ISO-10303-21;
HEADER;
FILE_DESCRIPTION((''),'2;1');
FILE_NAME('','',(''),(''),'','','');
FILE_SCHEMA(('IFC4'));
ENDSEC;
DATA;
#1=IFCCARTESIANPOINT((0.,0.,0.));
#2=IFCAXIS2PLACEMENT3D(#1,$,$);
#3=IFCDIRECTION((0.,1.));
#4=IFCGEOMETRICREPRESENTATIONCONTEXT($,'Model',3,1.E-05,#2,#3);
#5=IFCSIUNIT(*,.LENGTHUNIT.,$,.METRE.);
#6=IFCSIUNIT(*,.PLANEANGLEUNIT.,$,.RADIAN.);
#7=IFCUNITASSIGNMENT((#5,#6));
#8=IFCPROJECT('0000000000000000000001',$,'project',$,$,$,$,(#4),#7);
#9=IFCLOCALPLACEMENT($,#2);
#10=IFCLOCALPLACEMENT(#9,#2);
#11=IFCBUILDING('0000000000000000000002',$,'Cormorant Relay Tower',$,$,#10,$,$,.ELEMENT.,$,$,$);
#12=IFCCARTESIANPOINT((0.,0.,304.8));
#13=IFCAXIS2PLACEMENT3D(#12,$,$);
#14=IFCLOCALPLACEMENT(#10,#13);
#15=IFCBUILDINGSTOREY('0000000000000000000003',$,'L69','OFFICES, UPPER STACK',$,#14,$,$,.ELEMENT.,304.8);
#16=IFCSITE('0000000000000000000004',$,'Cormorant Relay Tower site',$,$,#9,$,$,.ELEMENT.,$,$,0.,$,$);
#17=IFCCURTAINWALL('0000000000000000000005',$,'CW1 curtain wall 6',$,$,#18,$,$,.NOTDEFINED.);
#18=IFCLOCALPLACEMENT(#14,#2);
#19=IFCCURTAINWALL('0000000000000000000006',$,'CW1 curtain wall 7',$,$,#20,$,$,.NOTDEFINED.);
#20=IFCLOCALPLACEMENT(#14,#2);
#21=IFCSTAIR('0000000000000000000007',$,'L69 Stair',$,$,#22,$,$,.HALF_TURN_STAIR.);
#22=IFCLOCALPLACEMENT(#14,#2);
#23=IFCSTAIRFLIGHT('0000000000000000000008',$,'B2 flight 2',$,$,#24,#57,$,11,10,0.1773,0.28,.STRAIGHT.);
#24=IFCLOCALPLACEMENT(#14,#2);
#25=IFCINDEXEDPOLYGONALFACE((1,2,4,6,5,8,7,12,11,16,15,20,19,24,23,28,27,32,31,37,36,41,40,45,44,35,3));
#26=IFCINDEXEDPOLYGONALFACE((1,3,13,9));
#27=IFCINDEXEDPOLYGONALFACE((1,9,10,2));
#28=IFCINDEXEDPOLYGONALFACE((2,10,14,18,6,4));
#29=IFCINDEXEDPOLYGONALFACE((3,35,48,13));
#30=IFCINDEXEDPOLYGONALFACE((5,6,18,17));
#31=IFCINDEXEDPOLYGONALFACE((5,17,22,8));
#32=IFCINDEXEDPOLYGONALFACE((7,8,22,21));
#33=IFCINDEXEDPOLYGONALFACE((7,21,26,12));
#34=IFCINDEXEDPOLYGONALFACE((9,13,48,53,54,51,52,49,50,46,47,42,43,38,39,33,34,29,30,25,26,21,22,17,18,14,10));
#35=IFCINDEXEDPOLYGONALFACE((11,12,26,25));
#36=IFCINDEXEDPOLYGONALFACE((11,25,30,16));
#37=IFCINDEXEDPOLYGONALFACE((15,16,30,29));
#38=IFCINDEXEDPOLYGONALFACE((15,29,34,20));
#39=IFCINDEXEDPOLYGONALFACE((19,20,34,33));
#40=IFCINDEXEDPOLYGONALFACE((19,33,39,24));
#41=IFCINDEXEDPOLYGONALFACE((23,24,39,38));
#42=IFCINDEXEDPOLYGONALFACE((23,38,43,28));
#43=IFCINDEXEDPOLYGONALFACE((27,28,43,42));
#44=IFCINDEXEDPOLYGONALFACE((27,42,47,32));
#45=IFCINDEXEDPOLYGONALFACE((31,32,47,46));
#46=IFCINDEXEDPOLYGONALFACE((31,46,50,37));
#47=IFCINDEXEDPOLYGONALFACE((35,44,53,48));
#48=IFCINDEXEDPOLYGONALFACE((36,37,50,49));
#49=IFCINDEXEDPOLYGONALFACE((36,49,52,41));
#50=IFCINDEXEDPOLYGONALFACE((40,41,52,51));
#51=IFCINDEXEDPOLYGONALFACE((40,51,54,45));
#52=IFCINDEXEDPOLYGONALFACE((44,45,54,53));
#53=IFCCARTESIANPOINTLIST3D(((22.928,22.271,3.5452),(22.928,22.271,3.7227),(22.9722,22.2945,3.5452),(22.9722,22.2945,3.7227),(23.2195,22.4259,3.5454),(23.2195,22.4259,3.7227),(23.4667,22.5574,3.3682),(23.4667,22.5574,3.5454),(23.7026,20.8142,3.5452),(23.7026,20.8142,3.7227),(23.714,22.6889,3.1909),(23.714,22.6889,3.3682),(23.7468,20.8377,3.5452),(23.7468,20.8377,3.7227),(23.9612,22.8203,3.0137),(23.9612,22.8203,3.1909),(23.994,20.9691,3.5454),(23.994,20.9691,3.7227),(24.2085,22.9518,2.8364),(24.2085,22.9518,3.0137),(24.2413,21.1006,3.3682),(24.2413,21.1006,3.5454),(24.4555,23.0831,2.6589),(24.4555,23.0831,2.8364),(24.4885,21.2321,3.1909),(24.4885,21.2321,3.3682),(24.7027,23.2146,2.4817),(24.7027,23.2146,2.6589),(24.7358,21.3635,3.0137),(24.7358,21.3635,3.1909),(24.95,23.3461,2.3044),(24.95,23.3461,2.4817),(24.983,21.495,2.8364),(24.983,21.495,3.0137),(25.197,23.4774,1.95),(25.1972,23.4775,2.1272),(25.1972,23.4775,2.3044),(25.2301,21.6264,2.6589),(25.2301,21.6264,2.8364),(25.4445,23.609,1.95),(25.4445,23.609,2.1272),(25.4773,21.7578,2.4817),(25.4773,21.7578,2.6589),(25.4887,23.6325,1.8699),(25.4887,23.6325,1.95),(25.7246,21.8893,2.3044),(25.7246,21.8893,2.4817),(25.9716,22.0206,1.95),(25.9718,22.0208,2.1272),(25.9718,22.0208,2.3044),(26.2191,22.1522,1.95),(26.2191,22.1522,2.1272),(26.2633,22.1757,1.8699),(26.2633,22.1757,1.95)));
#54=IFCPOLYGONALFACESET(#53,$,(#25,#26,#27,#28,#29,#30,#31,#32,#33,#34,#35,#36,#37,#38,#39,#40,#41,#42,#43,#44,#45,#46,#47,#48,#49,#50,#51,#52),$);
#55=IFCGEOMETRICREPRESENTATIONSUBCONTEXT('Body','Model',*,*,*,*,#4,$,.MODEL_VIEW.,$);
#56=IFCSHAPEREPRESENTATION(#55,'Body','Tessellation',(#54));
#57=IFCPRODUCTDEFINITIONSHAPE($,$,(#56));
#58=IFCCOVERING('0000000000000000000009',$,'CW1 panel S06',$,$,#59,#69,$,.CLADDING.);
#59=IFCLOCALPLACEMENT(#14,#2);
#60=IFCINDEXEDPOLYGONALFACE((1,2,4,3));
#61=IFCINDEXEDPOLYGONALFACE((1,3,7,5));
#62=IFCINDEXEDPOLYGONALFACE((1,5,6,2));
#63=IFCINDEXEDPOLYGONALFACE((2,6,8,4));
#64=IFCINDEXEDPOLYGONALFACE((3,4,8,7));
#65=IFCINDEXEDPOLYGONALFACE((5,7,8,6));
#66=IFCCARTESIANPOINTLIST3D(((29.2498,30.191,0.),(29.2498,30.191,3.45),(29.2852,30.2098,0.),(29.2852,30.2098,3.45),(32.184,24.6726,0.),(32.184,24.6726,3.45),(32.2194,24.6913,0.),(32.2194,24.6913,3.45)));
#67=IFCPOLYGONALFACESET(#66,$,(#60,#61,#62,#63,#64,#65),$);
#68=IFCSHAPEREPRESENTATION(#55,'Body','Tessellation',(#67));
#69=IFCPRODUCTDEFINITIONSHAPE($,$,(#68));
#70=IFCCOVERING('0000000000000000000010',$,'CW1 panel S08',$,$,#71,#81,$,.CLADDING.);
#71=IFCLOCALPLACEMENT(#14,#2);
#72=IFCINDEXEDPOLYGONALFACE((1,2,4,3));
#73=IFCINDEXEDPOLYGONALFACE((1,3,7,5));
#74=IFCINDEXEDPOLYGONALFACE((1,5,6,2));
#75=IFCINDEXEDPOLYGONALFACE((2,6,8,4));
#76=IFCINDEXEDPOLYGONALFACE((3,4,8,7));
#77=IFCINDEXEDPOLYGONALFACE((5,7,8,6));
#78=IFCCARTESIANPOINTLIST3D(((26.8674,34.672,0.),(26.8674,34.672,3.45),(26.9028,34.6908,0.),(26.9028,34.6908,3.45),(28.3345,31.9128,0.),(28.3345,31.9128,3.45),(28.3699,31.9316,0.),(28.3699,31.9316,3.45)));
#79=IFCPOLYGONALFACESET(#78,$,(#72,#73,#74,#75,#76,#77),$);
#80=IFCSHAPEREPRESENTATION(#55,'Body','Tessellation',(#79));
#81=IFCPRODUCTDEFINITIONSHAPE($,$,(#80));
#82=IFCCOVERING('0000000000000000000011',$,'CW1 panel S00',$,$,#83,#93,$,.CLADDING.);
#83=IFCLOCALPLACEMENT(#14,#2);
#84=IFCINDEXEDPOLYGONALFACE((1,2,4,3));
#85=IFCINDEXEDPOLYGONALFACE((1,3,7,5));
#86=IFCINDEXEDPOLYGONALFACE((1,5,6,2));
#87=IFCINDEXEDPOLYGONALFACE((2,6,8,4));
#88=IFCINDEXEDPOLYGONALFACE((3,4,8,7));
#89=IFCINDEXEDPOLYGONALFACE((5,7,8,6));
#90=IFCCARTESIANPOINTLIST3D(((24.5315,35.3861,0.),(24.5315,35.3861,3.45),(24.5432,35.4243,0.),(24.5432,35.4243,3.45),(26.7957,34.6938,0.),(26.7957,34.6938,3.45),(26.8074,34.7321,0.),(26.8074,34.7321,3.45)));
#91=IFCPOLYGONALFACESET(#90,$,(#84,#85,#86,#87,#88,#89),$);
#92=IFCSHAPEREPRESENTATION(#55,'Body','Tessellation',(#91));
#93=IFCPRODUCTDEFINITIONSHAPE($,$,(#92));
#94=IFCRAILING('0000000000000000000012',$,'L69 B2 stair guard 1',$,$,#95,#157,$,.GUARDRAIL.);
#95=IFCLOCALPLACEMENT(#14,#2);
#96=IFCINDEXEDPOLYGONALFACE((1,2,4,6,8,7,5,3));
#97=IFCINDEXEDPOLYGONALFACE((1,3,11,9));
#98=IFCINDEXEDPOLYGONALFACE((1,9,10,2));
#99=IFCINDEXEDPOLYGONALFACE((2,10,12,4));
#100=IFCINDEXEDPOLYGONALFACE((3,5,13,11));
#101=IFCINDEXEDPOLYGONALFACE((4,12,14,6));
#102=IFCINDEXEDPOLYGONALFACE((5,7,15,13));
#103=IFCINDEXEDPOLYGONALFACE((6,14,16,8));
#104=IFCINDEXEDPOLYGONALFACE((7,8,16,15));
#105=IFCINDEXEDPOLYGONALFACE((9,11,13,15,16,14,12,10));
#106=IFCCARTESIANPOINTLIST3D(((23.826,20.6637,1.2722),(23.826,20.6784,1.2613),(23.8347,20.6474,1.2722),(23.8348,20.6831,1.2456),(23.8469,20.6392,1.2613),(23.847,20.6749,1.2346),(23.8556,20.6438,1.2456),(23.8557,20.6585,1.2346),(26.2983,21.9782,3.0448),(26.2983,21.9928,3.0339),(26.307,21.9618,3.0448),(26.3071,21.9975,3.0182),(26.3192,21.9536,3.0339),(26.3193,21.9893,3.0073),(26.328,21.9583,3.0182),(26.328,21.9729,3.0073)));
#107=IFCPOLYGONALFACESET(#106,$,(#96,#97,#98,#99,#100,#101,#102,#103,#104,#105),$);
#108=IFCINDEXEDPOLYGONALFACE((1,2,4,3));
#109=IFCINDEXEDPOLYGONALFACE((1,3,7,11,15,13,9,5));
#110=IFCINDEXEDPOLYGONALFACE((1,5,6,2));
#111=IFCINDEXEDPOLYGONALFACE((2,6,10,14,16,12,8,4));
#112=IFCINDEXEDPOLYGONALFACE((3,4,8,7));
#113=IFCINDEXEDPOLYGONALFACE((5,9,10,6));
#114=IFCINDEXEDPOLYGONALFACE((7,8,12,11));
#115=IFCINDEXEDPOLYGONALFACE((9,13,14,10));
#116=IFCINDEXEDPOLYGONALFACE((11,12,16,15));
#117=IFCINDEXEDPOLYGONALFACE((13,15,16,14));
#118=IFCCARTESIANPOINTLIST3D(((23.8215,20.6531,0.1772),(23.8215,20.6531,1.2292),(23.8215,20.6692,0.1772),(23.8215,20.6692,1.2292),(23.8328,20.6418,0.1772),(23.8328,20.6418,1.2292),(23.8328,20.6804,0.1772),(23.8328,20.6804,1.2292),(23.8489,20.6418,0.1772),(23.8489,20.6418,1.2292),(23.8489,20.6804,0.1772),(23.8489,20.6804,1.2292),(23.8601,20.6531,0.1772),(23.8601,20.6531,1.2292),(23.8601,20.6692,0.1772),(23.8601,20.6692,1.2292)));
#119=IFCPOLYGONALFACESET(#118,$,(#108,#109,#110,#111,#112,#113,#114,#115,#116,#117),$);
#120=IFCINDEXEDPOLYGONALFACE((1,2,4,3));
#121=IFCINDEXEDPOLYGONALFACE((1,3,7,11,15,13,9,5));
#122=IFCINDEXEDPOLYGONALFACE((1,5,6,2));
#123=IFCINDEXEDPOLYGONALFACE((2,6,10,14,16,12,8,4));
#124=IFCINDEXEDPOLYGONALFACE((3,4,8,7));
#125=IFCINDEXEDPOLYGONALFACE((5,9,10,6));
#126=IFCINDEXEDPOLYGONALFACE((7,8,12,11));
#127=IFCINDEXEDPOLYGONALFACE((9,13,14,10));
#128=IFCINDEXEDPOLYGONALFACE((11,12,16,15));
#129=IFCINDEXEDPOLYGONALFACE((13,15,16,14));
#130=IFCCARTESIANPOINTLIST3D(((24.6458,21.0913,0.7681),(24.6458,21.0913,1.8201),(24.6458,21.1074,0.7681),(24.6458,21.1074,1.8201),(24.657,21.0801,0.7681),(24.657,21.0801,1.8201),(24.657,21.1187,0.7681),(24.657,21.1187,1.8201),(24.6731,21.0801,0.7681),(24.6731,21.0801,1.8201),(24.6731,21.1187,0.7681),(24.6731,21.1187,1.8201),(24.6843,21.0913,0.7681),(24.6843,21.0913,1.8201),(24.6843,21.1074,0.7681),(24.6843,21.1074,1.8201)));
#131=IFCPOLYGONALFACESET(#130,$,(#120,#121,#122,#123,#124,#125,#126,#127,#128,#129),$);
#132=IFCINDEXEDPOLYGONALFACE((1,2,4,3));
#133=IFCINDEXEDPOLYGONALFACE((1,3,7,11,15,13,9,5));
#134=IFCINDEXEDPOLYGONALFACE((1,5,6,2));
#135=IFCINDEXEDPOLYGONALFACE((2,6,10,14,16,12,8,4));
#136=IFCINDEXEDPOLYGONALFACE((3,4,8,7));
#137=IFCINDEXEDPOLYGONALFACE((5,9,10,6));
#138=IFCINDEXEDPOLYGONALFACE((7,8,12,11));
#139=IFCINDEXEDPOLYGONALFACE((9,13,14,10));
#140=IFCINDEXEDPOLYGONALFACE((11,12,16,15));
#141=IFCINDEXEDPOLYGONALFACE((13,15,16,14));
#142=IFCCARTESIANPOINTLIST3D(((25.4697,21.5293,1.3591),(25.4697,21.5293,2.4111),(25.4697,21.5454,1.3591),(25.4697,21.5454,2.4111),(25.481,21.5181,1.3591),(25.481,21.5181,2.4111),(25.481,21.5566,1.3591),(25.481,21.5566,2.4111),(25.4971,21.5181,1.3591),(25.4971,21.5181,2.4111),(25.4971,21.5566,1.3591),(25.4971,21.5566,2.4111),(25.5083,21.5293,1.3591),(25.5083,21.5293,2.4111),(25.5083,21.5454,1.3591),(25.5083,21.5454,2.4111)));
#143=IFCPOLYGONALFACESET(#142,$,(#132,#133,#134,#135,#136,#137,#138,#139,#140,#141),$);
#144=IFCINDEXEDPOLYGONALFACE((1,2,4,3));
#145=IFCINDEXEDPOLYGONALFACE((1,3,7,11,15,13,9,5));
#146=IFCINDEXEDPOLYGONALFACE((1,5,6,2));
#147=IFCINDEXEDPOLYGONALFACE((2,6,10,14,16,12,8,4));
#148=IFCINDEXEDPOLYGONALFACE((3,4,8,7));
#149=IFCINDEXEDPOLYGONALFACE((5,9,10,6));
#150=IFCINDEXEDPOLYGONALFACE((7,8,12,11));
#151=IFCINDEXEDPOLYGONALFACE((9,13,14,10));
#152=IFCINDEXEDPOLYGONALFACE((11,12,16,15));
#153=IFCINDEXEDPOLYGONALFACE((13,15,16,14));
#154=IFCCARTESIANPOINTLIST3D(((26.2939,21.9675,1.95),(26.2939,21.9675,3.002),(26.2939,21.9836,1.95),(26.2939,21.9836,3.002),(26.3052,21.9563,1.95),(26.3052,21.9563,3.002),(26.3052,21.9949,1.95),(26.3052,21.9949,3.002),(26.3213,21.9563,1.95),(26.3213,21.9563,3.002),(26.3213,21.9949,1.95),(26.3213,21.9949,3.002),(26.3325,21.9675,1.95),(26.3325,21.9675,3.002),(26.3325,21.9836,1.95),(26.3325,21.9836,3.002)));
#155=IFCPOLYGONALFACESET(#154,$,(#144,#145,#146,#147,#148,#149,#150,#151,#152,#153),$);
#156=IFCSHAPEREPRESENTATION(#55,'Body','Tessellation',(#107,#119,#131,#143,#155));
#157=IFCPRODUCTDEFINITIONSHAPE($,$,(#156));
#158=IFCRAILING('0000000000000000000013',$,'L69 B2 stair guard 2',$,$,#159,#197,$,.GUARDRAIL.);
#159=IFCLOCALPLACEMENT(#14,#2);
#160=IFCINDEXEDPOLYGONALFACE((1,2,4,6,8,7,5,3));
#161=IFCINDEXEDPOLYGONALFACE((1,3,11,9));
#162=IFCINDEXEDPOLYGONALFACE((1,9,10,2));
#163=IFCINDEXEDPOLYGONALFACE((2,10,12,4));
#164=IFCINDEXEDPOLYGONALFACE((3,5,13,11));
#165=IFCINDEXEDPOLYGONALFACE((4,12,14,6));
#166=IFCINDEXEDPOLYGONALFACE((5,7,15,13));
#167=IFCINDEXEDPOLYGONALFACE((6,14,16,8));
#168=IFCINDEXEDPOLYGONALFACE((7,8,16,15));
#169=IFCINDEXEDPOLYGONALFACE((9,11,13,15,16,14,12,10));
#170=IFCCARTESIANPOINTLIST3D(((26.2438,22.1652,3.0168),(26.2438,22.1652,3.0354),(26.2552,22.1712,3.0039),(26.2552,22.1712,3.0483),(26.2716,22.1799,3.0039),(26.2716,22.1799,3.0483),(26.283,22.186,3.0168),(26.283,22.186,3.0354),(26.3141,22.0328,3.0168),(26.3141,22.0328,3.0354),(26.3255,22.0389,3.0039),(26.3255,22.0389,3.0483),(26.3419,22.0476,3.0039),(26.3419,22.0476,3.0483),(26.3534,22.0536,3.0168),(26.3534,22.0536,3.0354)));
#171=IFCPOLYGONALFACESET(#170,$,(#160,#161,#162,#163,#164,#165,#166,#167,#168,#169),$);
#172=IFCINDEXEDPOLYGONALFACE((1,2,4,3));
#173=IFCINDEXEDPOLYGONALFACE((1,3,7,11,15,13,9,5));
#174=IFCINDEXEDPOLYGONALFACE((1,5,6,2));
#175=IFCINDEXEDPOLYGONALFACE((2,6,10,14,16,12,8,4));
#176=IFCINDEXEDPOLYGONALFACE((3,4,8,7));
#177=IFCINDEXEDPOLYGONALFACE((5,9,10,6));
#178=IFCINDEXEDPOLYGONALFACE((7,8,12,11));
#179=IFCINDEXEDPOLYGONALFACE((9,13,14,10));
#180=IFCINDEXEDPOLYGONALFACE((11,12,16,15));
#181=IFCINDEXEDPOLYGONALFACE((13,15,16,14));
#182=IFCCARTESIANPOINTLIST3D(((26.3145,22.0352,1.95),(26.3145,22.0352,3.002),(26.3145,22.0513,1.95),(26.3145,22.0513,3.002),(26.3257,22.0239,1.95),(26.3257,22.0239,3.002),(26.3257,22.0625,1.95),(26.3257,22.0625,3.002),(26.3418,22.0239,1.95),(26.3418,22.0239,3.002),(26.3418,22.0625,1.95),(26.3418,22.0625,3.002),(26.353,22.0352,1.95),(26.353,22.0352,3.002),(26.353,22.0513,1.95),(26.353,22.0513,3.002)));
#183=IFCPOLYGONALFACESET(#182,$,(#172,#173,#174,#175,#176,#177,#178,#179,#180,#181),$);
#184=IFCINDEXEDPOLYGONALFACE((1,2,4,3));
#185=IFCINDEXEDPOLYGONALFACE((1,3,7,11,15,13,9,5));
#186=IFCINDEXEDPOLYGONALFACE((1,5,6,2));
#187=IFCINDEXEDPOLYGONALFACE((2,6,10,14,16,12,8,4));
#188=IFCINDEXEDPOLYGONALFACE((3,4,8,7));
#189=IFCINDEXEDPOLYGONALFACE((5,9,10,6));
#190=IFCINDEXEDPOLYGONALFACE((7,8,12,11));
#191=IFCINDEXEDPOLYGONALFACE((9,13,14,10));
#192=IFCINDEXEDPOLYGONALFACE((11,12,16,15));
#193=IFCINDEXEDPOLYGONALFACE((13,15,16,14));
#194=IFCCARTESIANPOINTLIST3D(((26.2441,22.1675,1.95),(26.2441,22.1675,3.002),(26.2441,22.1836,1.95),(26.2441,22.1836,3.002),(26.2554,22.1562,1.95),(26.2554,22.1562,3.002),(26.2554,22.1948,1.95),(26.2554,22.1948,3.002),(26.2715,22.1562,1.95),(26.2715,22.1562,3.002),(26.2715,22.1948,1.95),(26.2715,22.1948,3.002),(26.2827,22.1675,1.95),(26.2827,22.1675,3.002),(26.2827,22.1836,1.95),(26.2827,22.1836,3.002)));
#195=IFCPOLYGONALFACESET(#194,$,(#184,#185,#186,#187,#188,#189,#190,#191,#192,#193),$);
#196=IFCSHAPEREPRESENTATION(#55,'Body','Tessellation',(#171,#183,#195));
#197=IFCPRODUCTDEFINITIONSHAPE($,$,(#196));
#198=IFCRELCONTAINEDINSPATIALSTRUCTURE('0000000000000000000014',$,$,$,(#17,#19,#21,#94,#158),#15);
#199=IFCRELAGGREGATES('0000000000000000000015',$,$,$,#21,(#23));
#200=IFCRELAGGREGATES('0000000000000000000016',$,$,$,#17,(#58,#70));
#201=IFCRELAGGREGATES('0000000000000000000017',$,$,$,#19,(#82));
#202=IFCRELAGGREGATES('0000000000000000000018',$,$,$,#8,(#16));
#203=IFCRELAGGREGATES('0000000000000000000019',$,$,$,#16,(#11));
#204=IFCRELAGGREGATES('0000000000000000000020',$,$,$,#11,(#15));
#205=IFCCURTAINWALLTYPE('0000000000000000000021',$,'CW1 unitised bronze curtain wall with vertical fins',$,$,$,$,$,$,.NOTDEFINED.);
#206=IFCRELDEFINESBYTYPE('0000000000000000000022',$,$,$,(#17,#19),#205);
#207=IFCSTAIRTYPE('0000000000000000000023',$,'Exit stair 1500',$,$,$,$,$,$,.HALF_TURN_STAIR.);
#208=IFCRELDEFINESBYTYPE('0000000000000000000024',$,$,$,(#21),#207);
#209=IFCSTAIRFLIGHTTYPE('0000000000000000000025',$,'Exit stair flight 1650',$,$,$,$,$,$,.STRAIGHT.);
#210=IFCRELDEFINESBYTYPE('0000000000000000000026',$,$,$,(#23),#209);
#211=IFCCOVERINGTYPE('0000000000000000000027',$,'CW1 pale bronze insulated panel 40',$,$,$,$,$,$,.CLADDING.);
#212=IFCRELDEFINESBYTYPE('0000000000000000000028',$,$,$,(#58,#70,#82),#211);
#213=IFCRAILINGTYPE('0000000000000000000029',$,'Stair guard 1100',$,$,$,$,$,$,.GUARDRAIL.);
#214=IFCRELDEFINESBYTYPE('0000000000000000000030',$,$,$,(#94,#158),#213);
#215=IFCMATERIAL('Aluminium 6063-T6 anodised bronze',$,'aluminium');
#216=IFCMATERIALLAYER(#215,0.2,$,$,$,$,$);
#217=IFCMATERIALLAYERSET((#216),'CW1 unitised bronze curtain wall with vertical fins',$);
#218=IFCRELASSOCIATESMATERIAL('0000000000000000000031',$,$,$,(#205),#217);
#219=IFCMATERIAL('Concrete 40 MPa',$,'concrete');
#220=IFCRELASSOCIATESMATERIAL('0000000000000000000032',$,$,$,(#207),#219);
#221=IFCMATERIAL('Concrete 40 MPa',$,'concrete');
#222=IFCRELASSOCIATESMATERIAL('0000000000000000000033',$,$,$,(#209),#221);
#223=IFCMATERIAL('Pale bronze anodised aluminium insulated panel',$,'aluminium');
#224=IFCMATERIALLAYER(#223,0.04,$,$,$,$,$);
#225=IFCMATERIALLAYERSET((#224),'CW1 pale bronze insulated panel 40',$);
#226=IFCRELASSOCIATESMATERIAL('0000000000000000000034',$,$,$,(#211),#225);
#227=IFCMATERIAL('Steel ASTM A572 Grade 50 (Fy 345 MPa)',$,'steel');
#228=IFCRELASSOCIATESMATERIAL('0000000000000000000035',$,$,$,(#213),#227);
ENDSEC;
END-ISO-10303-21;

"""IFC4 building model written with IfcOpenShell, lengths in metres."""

from ifc_helpers import new_model, si_unit, direction, frame, origin, origin_2d, place, context, subcontext, project, spatial, polyline, rectangle, outline, extrude, material, layer, layer_set, type_object, element, aggregate, save


model = new_model("IFC4")

# Units and contexts
model_context = context("Model", 3, precision=1e-05, world=origin(), true_north=direction((0.0, 1.0)))
body_context = subcontext(model_context, "Body", "Model", "MODEL_VIEW")
ifc_project = project(units=[si_unit("LENGTHUNIT", "METRE"), si_unit("PLANEANGLEUNIT", "RADIAN")], contexts=[model_context])

# Site, building, storey
site_placement = place(None, origin())
site = spatial("IfcSite", under=ifc_project, at=site_placement, Name="Cormorant Relay Tower site", CompositionType="ELEMENT", RefElevation=0.0)
building_placement = place(site_placement, origin())
building = spatial("IfcBuilding", under=site, at=building_placement, Name="Cormorant Relay Tower", CompositionType="ELEMENT")
storey_placement = place(building_placement, frame((0.0, 0.0, 304.8)))
storey = spatial("IfcBuildingStorey", under=building, at=storey_placement, Name="L69", Description="OFFICES, UPPER STACK", CompositionType="ELEMENT", Elevation=304.8)

# Curtain walls
ifc_material_1 = material(Name="Aluminium 6063-T6 anodised bronze", Category="aluminium")
ifc_layer_1 = layer(ifc_material_1, 0.2)
ifc_layer_set_1 = layer_set([ifc_layer_1], Name="CW1 unitised bronze curtain wall with vertical fins")
curtain_wall_type = type_object("IfcCurtainWallType", Name="CW1 unitised bronze curtain wall with vertical fins", PredefinedType="NOTDEFINED", material=ifc_layer_set_1)
curtain_wall_1_placement = place(storey_placement, origin())
curtain_wall_1 = element("IfcCurtainWall", 1, at=curtain_wall_1_placement, inside=storey, type_object=curtain_wall_type, Name="CW1 curtain wall 6", PredefinedType="NOTDEFINED")
curtain_wall_2_placement = place(storey_placement, origin())
curtain_wall_2 = element("IfcCurtainWall", 2, at=curtain_wall_2_placement, inside=storey, type_object=curtain_wall_type, Name="CW1 curtain wall 7", PredefinedType="NOTDEFINED")

# Stair, stair flight
ifc_material_2 = material(Name="Concrete 40 MPa", Category="concrete")
stair_type = type_object("IfcStairType", Name="Exit stair 1500", PredefinedType="HALF_TURN_STAIR", material=ifc_material_2)
stair_placement = place(storey_placement, origin())
stair = element("IfcStair", 3, at=stair_placement, inside=storey, type_object=stair_type, Name="L69 Stair", PredefinedType="HALF_TURN_STAIR")
ifc_material_3 = material(Name="Concrete 40 MPa", Category="concrete")
stair_flight_type = type_object("IfcStairFlightType", Name="Exit stair flight 1650", PredefinedType="STRAIGHT", material=ifc_material_3)
stair_flight_1_placement = place(storey_placement, frame((25.8318, 22.8806, 1.95), z_axis=(0.0, 0.0, 1.0), x_axis=(-0.882948, -0.469472, 0.0)))
stair_flight_1 = element("IfcStairFlight", 4, at=stair_flight_1_placement, type_object=stair_flight_type, Name="B2 flight 2", NumberOfRisers=11, NumberOfTreads=10, PredefinedType="STRAIGHT", RiserHeight=0.1773, TreadLength=0.28, context=body_context, shape_type="SweptSolid", body=[
    extrude(outline(polyline([(-0.05, -0.0801), (-0.05, 0.0), (0.0, 0.0), (0.0, 0.1772), (0.28, 0.1772), (0.28, 0.3545), (0.5601, 0.3545), (0.5601, 0.5317), (0.8401, 0.5317), (0.8401, 0.709), (1.1201, 0.709), (1.1201, 0.8865), (1.3999, 0.8865), (1.3999, 1.0637), (1.6799, 1.0637), (1.6799, 1.241), (1.96, 1.241), (1.96, 1.4182), (2.24, 1.4182), (2.24, 1.5955), (2.52, 1.5955), (2.52, 1.7727), (2.8, 1.7727), (2.8501, 1.7727), (2.8501, 1.5952), (2.8, 1.5952), (0.2803, 0.0), (-0.05, -0.0801)])), frame((0.0, 0.825, 0.0), z_axis=(0.0, -1.0, 0.0), x_axis=(1.0, 0.0, 0.0)), (0.0, 0.0, 1.0), 1.6499),
])
aggregate(stair, [stair_flight_1])

# Coverings
ifc_material_4 = material(Name="Pale bronze anodised aluminium insulated panel", Category="aluminium")
ifc_layer_2 = layer(ifc_material_4, 0.04)
ifc_layer_set_2 = layer_set([ifc_layer_2], Name="CW1 pale bronze insulated panel 40")
covering_type = type_object("IfcCoveringType", Name="CW1 pale bronze insulated panel 40", PredefinedType="CLADDING", material=ifc_layer_set_2)
covering_1_placement = place(storey_placement, frame((30.7346, 27.4412, 0.0), z_axis=(0.0, 0.0, 1.0), x_axis=(-0.469472, 0.882948, 0.0)))
covering_1 = element("IfcCovering", 5, at=covering_1_placement, type_object=covering_type, Name="CW1 panel S06", PredefinedType="CLADDING", context=body_context, shape_type="SweptSolid", body=[
    extrude(rectangle(XDim=6.25, YDim=0.04, at=origin_2d()), origin(), (0.0, 0.0, 1.0), 3.45),
])
covering_2_placement = place(storey_placement, frame((27.6187, 33.3018, 0.0), z_axis=(0.0, 0.0, 1.0), x_axis=(-0.469472, 0.882948, 0.0)))
covering_2 = element("IfcCovering", 6, at=covering_2_placement, type_object=covering_type, Name="CW1 panel S08", PredefinedType="CLADDING", context=body_context, shape_type="SweptSolid", body=[
    extrude(rectangle(XDim=3.125, YDim=0.04, at=origin_2d()), origin(), (0.0, 0.0, 1.0), 3.45),
])
aggregate(curtain_wall_1, [covering_1, covering_2])
covering_3_placement = place(storey_placement, frame((25.6694, 35.0591, 0.0), z_axis=(0.0, 0.0, 1.0), x_axis=(-0.956305, 0.292372, 0.0)))
covering_3 = element("IfcCovering", 7, at=covering_3_placement, type_object=covering_type, Name="CW1 panel S00", PredefinedType="CLADDING", context=body_context, shape_type="SweptSolid", body=[
    extrude(rectangle(XDim=2.3677, YDim=0.04, at=origin_2d()), origin(), (0.0, 0.0, 1.0), 3.45),
])
aggregate(curtain_wall_2, [covering_3])

# Railings
ifc_material_5 = material(Name="Steel ASTM A572 Grade 50 (Fy 345 MPa)", Category="steel")
railing_type_1 = type_object("IfcRailingType", Name="Stair guard 1100", PredefinedType="GUARDRAIL", material=ifc_material_5)
railing_1_placement = place(storey_placement, frame((23.8408, 20.6611, 0.1772)))
element("IfcRailing", 8, at=railing_1_placement, inside=storey, type_object=railing_type_1, Name="L69 B2 stair guard 1", PredefinedType="GUARDRAIL", context=body_context, shape_type="SweptSolid", body=[
    extrude(outline(polyline([(0.0222, 0.0093), (0.0093, 0.0222), (-0.0093, 0.0222), (-0.0222, 0.0093), (-0.0222, -0.0093), (-0.0093, -0.0222), (0.0093, -0.0222), (0.0222, -0.0093), (0.0222, 0.0093)])), frame((0.0, 0.0, 1.0762), z_axis=(0.746034, 0.396627, 0.534902), x_axis=(-0.469429, 0.88297, 0.0)), (0.0, 0.0, 1.0), 3.314),
    extrude(outline(polyline([(0.0193, 0.0081), (0.0081, 0.0193), (-0.0081, 0.0193), (-0.0193, 0.0081), (-0.0193, -0.0081), (-0.0081, -0.0193), (0.0081, -0.0193), (0.0193, -0.0081), (0.0193, 0.0081)])), origin(), (0.0, 0.0, 1.0), 1.052),
    extrude(outline(polyline([(0.0193, 0.0081), (0.0081, 0.0193), (-0.0081, 0.0193), (-0.0193, 0.0081), (-0.0193, -0.0081), (-0.0081, -0.0193), (0.0081, -0.0193), (0.0193, -0.0081), (0.0193, 0.0081)])), frame((0.8242, 0.4382, 0.5908)), (0.0, 0.0, 1.0), 1.052),
    extrude(outline(polyline([(0.0193, 0.0081), (0.0081, 0.0193), (-0.0081, 0.0193), (-0.0193, 0.0081), (-0.0193, -0.0081), (-0.0081, -0.0193), (0.0081, -0.0193), (0.0193, -0.0081), (0.0193, 0.0081)])), frame((1.6482, 0.8762, 1.1819)), (0.0, 0.0, 1.0), 1.052),
    extrude(outline(polyline([(0.0193, 0.0081), (0.0081, 0.0193), (-0.0081, 0.0193), (-0.0193, 0.0081), (-0.0193, -0.0081), (-0.0081, -0.0193), (0.0081, -0.0193), (0.0193, -0.0081), (0.0193, 0.0081)])), frame((2.4724, 1.3145, 1.7727)), (0.0, 0.0, 1.0), 1.052),
])
railing_2_placement = place(storey_placement, frame((26.3337, 22.0432, 1.95)))
element("IfcRailing", 9, at=railing_2_placement, inside=storey, type_object=railing_type_1, Name="L69 B2 stair guard 2", PredefinedType="GUARDRAIL", context=body_context, shape_type="SweptSolid", body=[
    extrude(outline(polyline([(0.0222, 0.0093), (0.0093, 0.0222), (-0.0093, 0.0222), (-0.0222, 0.0093), (-0.0222, -0.0093), (-0.0093, -0.0222), (0.0093, -0.0222), (0.0222, -0.0093), (0.0222, 0.0093)])), frame((0.0, 0.0, 1.0762), z_axis=(-0.469235, 0.883074, 0.0), x_axis=(-0.883074, -0.469235, 0.0)), (0.0, 0.0, 1.0), 0.1499),
    extrude(outline(polyline([(0.0193, 0.0081), (0.0081, 0.0193), (-0.0081, 0.0193), (-0.0193, 0.0081), (-0.0193, -0.0081), (-0.0081, -0.0193), (0.0081, -0.0193), (0.0193, -0.0081), (0.0193, 0.0081)])), origin(), (0.0, 0.0, 1.0), 1.052),
    extrude(outline(polyline([(0.0193, 0.0081), (0.0081, 0.0193), (-0.0081, 0.0193), (-0.0193, 0.0081), (-0.0193, -0.0081), (-0.0081, -0.0193), (0.0081, -0.0193), (0.0193, -0.0081), (0.0193, 0.0081)])), frame((-0.0703, 0.1323, 0.0)), (0.0, 0.0, 1.0), 1.052),
])

save(model, "model.ifc")
